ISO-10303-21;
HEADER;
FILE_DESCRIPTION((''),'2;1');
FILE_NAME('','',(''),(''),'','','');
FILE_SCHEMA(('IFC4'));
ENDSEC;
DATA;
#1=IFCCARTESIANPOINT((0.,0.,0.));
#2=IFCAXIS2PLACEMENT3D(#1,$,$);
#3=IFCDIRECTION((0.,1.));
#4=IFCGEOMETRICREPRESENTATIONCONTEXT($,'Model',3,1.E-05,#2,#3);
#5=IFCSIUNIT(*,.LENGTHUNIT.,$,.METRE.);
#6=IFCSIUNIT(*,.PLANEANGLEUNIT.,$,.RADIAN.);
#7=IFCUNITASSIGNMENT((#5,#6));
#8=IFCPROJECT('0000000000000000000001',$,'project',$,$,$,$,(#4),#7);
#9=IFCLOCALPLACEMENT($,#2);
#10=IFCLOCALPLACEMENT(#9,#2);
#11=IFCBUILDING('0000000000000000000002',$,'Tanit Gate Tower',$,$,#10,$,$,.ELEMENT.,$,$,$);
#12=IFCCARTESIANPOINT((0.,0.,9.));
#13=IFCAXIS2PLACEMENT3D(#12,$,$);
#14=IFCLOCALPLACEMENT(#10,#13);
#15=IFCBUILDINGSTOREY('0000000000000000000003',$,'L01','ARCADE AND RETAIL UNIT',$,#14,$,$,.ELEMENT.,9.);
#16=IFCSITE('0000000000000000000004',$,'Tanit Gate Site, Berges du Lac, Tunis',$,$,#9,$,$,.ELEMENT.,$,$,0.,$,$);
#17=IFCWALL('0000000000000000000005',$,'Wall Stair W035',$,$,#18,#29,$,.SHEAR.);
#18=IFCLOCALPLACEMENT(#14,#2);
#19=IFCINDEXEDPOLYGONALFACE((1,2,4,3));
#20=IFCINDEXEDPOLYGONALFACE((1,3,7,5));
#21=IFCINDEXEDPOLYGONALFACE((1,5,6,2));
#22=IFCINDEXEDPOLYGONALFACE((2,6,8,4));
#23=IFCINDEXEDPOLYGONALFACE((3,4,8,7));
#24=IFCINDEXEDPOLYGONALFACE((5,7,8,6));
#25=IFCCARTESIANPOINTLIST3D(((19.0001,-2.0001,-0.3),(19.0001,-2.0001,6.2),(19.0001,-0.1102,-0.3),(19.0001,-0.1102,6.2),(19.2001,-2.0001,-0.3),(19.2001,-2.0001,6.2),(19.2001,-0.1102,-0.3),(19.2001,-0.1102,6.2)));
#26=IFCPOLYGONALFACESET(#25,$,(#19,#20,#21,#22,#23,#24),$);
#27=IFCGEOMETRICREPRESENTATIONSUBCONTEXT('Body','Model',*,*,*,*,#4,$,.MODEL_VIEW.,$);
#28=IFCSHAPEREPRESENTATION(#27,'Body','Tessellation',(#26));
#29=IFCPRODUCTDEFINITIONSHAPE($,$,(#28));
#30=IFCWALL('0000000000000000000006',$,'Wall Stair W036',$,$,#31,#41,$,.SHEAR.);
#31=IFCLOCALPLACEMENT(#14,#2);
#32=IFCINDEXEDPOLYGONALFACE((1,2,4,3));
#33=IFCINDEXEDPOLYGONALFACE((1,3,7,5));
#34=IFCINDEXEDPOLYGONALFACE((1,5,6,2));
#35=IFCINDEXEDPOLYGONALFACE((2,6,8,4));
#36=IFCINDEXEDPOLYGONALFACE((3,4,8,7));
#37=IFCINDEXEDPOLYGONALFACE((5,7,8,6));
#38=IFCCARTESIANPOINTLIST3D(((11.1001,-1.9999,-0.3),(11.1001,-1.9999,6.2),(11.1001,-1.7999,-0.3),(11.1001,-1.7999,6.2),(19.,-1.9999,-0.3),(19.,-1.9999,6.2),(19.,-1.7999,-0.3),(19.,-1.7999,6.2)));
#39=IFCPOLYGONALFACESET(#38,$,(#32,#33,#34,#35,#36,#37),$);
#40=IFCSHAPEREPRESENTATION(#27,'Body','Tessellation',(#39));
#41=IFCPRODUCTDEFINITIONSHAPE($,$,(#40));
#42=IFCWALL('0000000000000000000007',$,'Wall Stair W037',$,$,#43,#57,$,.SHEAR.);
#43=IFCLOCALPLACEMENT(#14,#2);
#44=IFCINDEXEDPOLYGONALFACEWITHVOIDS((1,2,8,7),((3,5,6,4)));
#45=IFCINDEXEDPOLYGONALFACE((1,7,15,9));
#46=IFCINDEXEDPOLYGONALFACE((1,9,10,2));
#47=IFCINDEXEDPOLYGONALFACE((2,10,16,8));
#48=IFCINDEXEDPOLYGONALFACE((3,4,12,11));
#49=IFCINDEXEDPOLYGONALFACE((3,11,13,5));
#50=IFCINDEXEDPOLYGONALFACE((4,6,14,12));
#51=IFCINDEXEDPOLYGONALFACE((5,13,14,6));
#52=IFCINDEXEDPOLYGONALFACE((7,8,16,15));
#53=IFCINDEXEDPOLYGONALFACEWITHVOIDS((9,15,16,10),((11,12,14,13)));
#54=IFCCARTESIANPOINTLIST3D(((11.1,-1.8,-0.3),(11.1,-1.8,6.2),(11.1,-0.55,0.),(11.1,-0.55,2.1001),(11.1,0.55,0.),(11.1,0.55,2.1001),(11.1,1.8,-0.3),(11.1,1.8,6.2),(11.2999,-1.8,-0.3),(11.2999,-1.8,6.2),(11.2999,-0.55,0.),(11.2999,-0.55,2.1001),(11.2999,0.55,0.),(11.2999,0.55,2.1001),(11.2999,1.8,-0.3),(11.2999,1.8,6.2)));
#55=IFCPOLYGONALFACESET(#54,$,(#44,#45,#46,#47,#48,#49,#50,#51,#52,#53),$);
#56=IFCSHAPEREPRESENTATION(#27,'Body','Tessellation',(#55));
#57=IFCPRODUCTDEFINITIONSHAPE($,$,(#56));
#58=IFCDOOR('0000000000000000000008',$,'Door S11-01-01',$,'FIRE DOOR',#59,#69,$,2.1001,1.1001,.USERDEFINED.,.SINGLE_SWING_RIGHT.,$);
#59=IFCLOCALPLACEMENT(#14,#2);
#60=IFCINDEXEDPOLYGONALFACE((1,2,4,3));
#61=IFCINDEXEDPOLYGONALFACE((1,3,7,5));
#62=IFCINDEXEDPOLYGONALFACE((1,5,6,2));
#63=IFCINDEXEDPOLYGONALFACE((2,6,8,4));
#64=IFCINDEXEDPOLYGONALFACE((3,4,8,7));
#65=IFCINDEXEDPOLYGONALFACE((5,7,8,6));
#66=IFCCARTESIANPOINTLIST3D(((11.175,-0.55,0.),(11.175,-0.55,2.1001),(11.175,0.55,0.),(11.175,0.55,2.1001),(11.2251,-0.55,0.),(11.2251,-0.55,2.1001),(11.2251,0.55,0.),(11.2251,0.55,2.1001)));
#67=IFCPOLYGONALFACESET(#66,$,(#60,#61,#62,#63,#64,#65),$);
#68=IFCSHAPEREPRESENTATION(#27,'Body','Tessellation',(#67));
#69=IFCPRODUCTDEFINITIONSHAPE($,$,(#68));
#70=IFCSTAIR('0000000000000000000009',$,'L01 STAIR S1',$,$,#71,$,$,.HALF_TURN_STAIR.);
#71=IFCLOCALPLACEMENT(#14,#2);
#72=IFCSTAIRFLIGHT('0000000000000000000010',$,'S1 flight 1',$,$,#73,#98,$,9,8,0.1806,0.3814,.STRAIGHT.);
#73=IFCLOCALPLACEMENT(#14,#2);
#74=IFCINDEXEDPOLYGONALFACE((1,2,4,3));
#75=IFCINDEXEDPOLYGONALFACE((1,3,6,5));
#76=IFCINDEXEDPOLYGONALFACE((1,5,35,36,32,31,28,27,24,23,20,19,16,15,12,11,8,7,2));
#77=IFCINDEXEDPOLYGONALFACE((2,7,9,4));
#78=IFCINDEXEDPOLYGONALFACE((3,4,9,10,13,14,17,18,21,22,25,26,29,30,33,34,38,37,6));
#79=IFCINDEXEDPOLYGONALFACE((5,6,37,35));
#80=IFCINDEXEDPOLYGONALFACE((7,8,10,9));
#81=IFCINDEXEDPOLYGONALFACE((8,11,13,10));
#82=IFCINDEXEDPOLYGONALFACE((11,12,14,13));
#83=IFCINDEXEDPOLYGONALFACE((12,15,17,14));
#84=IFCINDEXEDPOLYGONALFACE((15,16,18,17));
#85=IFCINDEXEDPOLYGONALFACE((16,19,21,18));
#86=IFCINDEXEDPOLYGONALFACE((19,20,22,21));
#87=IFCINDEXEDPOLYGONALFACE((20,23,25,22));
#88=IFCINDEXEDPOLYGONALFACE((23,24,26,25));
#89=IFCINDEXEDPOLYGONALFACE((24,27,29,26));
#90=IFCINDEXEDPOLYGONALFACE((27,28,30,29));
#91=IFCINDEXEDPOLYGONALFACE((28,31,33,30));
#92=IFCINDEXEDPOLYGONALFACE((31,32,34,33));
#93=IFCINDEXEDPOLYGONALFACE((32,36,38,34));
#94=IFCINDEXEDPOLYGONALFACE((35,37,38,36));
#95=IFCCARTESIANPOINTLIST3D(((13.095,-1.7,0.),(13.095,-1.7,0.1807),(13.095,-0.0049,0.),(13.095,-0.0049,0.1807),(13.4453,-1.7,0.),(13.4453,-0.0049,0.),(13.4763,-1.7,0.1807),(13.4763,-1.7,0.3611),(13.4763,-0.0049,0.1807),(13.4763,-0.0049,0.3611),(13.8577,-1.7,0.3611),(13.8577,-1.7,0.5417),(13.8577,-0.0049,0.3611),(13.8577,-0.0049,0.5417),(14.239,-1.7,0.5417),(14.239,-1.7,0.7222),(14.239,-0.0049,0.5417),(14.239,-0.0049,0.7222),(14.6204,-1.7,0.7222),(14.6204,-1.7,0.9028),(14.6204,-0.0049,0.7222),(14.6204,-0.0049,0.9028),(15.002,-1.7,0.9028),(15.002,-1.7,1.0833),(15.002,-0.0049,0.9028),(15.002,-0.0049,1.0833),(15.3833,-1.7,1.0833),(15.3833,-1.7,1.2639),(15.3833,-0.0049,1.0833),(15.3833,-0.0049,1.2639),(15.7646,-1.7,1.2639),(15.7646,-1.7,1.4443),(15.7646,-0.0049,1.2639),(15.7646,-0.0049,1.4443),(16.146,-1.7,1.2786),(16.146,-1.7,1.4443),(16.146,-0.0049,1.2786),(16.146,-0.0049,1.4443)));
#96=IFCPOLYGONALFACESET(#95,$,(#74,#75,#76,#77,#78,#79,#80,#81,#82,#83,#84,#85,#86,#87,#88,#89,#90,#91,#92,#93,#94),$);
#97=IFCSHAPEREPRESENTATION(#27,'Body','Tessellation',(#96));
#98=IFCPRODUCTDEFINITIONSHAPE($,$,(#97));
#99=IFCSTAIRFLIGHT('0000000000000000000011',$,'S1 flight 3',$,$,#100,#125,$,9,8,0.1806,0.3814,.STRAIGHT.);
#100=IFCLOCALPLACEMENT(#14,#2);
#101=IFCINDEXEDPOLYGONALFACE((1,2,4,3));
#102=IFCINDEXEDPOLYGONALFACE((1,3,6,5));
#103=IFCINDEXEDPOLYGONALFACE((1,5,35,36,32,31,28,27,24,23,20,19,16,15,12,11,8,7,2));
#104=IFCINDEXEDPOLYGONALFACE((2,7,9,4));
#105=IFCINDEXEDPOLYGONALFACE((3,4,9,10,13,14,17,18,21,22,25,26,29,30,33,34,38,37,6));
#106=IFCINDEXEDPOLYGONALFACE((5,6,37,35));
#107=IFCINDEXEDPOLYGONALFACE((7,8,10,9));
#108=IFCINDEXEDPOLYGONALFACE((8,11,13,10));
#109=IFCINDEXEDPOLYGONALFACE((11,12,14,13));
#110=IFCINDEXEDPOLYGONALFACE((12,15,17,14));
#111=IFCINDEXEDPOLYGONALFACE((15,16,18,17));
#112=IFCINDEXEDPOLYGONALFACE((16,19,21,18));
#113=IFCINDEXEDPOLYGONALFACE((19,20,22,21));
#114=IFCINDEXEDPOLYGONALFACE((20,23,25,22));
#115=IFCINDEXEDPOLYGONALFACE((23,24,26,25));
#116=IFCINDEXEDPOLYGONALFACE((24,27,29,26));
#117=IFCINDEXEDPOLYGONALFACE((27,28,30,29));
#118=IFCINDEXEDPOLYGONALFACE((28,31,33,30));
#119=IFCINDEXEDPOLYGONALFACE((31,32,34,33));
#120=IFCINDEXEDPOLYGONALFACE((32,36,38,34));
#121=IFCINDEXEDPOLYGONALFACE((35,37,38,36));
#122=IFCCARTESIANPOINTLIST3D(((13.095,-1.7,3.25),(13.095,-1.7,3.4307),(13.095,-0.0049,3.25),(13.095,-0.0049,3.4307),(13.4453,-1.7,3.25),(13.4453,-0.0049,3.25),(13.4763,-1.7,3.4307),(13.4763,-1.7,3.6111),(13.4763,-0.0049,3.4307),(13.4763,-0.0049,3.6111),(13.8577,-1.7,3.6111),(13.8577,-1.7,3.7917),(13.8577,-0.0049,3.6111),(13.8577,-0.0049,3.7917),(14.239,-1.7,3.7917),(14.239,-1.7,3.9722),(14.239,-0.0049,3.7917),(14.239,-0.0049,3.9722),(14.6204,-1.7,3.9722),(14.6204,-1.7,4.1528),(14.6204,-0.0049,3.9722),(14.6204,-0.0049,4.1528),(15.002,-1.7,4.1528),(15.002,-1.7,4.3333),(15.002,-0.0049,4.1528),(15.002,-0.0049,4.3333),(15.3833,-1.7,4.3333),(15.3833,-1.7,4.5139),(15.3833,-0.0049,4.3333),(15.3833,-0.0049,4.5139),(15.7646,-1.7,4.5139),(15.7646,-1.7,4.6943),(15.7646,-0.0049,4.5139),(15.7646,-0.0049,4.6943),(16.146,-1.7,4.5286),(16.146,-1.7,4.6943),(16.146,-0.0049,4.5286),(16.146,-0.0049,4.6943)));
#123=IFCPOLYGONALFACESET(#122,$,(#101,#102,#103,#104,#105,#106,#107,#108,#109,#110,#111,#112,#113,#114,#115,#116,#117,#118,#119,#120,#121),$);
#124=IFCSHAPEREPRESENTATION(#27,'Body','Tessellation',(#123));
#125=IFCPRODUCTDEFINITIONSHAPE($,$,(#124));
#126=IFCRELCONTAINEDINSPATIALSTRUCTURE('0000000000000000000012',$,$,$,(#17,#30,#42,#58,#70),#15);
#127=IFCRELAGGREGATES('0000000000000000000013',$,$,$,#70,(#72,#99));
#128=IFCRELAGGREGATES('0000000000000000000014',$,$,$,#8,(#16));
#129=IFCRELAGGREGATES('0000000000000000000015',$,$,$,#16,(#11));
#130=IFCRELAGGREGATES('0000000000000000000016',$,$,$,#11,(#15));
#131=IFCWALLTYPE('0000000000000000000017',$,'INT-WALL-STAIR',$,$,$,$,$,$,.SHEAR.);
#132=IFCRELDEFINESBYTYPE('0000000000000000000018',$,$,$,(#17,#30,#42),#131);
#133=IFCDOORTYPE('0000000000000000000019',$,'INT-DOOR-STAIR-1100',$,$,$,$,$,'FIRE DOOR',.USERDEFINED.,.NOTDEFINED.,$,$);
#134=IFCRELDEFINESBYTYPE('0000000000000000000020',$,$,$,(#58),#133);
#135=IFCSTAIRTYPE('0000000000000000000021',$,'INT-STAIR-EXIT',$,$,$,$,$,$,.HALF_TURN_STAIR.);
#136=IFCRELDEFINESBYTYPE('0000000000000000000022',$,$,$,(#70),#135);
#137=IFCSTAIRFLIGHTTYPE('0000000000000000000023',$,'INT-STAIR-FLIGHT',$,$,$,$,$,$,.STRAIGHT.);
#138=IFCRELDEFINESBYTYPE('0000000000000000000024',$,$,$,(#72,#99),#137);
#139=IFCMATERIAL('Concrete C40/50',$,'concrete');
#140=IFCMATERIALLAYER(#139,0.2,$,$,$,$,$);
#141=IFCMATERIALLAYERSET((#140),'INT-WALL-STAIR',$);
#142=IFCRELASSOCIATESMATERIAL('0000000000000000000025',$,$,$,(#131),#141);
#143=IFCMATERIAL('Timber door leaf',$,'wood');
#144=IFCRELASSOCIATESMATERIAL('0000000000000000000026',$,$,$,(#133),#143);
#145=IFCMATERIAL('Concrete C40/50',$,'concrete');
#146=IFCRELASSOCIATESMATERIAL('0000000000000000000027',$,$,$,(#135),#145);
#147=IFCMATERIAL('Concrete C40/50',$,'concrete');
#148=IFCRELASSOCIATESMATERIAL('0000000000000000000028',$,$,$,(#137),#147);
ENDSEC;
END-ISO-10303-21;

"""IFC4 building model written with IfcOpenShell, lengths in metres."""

from ifc_helpers import new_model, si_unit, direction, frame, frame_2d, origin, place, context, subcontext, project, spatial, polyline, rectangle, outline, extrude, material, layer, layer_set, type_object, element, fill, aggregate, save


model = new_model("IFC4")

# Units and contexts
model_context = context("Model", 3, precision=1e-05, world=origin(), true_north=direction((0.0, 1.0)))
body_context = subcontext(model_context, "Body", "Model", "MODEL_VIEW")
ifc_project = project(units=[si_unit("LENGTHUNIT", "METRE"), si_unit("PLANEANGLEUNIT", "RADIAN")], contexts=[model_context])

# Site, building, storey
site_placement = place(None, origin())
site = spatial("IfcSite", under=ifc_project, at=site_placement, Name="Tanit Gate Site, Berges du Lac, Tunis", CompositionType="ELEMENT", RefElevation=0.0)
building_placement = place(site_placement, origin())
building = spatial("IfcBuilding", under=site, at=building_placement, Name="Tanit Gate Tower", CompositionType="ELEMENT")
storey_placement = place(building_placement, frame((0.0, 0.0, 9.0)))
storey = spatial("IfcBuildingStorey", under=building, at=storey_placement, Name="L01", Description="ARCADE AND RETAIL UNIT", CompositionType="ELEMENT", Elevation=9.0)

# Walls
ifc_material_1 = material(Name="Concrete C40/50", Category="concrete")
ifc_layer_1 = layer(ifc_material_1, 0.2)
ifc_layer_set_1 = layer_set([ifc_layer_1], Name="INT-WALL-STAIR")
wall_type_1 = type_object("IfcWallType", Name="INT-WALL-STAIR", PredefinedType="SHEAR", material=ifc_layer_set_1)
wall_1_placement = place(storey_placement, frame((19.1001, -2.0, -0.3), z_axis=(0.0, 0.0, 1.0), x_axis=(0.0, 1.0, 0.0)))
element("IfcWall", 1, at=wall_1_placement, inside=storey, type_object=wall_type_1, Name="Wall Stair W035", PredefinedType="SHEAR", context=body_context, shape_type="SweptSolid", body=[
    extrude(rectangle(XDim=1.8899, YDim=0.2, at=frame_2d((0.9448, 0.0))), origin(), (0.0, 0.0, 1.0), 6.5),
])
wall_2_placement = place(storey_placement, frame((11.1001, -1.8999, -0.3), z_axis=(0.0, 0.0, 1.0), x_axis=(1.0, 0.0, 0.0)))
element("IfcWall", 2, at=wall_2_placement, inside=storey, type_object=wall_type_1, Name="Wall Stair W036", PredefinedType="SHEAR", context=body_context, shape_type="SweptSolid", body=[
    extrude(rectangle(XDim=7.8999, YDim=0.2, at=frame_2d((3.95, 0.0))), origin(), (0.0, 0.0, 1.0), 6.5),
])

# Wall, opening, door
wall_3_placement = place(storey_placement, frame((11.2, -1.8, -0.3), z_axis=(0.0, 0.0, 1.0), x_axis=(0.0, 1.0, 0.0)))
wall_3 = element("IfcWall", 3, at=wall_3_placement, inside=storey, type_object=wall_type_1, Name="Wall Stair W037", PredefinedType="SHEAR", context=body_context, shape_type="SweptSolid", body=[
    extrude(rectangle(XDim=3.6001, YDim=0.2, at=frame_2d((1.8, 0.0))), origin(), (0.0, 0.0, 1.0), 6.5),
])
opening_1_placement = place(wall_3_placement, frame((1.25, 0.0, 0.3)))
opening_1 = element("IfcOpeningElement", 4, at=opening_1_placement, cuts=wall_3, PredefinedType="OPENING", context=body_context, shape_type="SweptSolid", body=[
    extrude(rectangle(XDim=1.1001, YDim=2.1001, at=frame_2d((0.55, 1.05))), frame((0.0, 0.1099, 0.0), z_axis=(0.0, -1.0, 0.0), x_axis=(1.0, 0.0, 0.0)), (0.0, 0.0, 1.0), 0.22),
])
ifc_material_2 = material(Name="Timber door leaf", Category="wood")
door_type_1 = type_object("IfcDoorType", Name="INT-DOOR-STAIR-1100", ElementType="FIRE DOOR", OperationType="NOTDEFINED", PredefinedType="USERDEFINED", material=ifc_material_2)
door_1_placement = place(opening_1_placement, origin())
door_1 = element("IfcDoor", 5, at=door_1_placement, inside=storey, type_object=door_type_1, Name="Door S11-01-01", ObjectType="FIRE DOOR", OperationType="SINGLE_SWING_RIGHT", OverallHeight=2.1001, OverallWidth=1.1001, PredefinedType="USERDEFINED", context=body_context, shape_type="SweptSolid", body=[
    extrude(rectangle(XDim=1.1001, YDim=2.1001, at=frame_2d((0.55, 1.05))), frame((0.0, 0.0249, 0.0), z_axis=(0.0, -1.0, 0.0), x_axis=(1.0, 0.0, 0.0)), (0.0, 0.0, 1.0), 0.05),
])
fill(opening_1, door_1)

# Stair, stair flights
ifc_material_3 = material(Name="Concrete C40/50", Category="concrete")
stair_type = type_object("IfcStairType", Name="INT-STAIR-EXIT", PredefinedType="HALF_TURN_STAIR", material=ifc_material_3)
stair_placement = place(storey_placement, origin())
stair = element("IfcStair", 6, at=stair_placement, inside=storey, type_object=stair_type, Name="L01 STAIR S1", PredefinedType="HALF_TURN_STAIR")
ifc_material_4 = material(Name="Concrete C40/50", Category="concrete")
stair_flight_type = type_object("IfcStairFlightType", Name="INT-STAIR-FLIGHT", PredefinedType="STRAIGHT", material=ifc_material_4)
stair_flight_1_placement = place(storey_placement, frame((13.095, -0.8525, 0.0), z_axis=(0.0, 0.0, 1.0), x_axis=(1.0, 0.0, 0.0)))
stair_flight_1 = element("IfcStairFlight", 7, at=stair_flight_1_placement, type_object=stair_flight_type, Name="S1 flight 1", NumberOfRisers=9, NumberOfTreads=8, PredefinedType="STRAIGHT", RiserHeight=0.1806, TreadLength=0.3814, context=body_context, shape_type="SweptSolid", body=[
    extrude(outline(polyline([(0.0, 0.0), (0.0, 0.1807), (0.3813, 0.1807), (0.3813, 0.3611), (0.7627, 0.3611), (0.7627, 0.5417), (1.144, 0.5417), (1.144, 0.7222), (1.5254, 0.7222), (1.5254, 0.9028), (1.907, 0.9028), (1.907, 1.0833), (2.2883, 1.0833), (2.2883, 1.2639), (2.6697, 1.2639), (2.6697, 1.4443), (3.051, 1.4443), (3.051, 1.625), (3.051, 1.2786), (0.3503, 0.0), (0.0, 0.0)])), frame((0.0, 0.8477, 0.0), z_axis=(0.0, -1.0, 0.0), x_axis=(1.0, 0.0, 0.0)), (0.0, 0.0, 1.0), 1.6951),
])
stair_flight_2_placement = place(storey_placement, frame((13.095, -0.8525, 3.25), z_axis=(0.0, 0.0, 1.0), x_axis=(1.0, 0.0, 0.0)))
stair_flight_2 = element("IfcStairFlight", 8, at=stair_flight_2_placement, type_object=stair_flight_type, Name="S1 flight 3", NumberOfRisers=9, NumberOfTreads=8, PredefinedType="STRAIGHT", RiserHeight=0.1806, TreadLength=0.3814, context=body_context, shape_type="SweptSolid", body=[
    extrude(outline(polyline([(0.0, 0.0), (0.0, 0.1807), (0.3813, 0.1807), (0.3813, 0.3611), (0.7627, 0.3611), (0.7627, 0.5417), (1.144, 0.5417), (1.144, 0.7222), (1.5254, 0.7222), (1.5254, 0.9028), (1.907, 0.9028), (1.907, 1.0833), (2.2883, 1.0833), (2.2883, 1.2639), (2.6697, 1.2639), (2.6697, 1.4443), (3.051, 1.4443), (3.051, 1.625), (3.051, 1.2786), (0.3503, 0.0), (0.0, 0.0)])), frame((0.0, 0.8477, 0.0), z_axis=(0.0, -1.0, 0.0), x_axis=(1.0, 0.0, 0.0)), (0.0, 0.0, 1.0), 1.6951),
])
aggregate(stair, [stair_flight_1, stair_flight_2])

save(model, "model.ifc")
